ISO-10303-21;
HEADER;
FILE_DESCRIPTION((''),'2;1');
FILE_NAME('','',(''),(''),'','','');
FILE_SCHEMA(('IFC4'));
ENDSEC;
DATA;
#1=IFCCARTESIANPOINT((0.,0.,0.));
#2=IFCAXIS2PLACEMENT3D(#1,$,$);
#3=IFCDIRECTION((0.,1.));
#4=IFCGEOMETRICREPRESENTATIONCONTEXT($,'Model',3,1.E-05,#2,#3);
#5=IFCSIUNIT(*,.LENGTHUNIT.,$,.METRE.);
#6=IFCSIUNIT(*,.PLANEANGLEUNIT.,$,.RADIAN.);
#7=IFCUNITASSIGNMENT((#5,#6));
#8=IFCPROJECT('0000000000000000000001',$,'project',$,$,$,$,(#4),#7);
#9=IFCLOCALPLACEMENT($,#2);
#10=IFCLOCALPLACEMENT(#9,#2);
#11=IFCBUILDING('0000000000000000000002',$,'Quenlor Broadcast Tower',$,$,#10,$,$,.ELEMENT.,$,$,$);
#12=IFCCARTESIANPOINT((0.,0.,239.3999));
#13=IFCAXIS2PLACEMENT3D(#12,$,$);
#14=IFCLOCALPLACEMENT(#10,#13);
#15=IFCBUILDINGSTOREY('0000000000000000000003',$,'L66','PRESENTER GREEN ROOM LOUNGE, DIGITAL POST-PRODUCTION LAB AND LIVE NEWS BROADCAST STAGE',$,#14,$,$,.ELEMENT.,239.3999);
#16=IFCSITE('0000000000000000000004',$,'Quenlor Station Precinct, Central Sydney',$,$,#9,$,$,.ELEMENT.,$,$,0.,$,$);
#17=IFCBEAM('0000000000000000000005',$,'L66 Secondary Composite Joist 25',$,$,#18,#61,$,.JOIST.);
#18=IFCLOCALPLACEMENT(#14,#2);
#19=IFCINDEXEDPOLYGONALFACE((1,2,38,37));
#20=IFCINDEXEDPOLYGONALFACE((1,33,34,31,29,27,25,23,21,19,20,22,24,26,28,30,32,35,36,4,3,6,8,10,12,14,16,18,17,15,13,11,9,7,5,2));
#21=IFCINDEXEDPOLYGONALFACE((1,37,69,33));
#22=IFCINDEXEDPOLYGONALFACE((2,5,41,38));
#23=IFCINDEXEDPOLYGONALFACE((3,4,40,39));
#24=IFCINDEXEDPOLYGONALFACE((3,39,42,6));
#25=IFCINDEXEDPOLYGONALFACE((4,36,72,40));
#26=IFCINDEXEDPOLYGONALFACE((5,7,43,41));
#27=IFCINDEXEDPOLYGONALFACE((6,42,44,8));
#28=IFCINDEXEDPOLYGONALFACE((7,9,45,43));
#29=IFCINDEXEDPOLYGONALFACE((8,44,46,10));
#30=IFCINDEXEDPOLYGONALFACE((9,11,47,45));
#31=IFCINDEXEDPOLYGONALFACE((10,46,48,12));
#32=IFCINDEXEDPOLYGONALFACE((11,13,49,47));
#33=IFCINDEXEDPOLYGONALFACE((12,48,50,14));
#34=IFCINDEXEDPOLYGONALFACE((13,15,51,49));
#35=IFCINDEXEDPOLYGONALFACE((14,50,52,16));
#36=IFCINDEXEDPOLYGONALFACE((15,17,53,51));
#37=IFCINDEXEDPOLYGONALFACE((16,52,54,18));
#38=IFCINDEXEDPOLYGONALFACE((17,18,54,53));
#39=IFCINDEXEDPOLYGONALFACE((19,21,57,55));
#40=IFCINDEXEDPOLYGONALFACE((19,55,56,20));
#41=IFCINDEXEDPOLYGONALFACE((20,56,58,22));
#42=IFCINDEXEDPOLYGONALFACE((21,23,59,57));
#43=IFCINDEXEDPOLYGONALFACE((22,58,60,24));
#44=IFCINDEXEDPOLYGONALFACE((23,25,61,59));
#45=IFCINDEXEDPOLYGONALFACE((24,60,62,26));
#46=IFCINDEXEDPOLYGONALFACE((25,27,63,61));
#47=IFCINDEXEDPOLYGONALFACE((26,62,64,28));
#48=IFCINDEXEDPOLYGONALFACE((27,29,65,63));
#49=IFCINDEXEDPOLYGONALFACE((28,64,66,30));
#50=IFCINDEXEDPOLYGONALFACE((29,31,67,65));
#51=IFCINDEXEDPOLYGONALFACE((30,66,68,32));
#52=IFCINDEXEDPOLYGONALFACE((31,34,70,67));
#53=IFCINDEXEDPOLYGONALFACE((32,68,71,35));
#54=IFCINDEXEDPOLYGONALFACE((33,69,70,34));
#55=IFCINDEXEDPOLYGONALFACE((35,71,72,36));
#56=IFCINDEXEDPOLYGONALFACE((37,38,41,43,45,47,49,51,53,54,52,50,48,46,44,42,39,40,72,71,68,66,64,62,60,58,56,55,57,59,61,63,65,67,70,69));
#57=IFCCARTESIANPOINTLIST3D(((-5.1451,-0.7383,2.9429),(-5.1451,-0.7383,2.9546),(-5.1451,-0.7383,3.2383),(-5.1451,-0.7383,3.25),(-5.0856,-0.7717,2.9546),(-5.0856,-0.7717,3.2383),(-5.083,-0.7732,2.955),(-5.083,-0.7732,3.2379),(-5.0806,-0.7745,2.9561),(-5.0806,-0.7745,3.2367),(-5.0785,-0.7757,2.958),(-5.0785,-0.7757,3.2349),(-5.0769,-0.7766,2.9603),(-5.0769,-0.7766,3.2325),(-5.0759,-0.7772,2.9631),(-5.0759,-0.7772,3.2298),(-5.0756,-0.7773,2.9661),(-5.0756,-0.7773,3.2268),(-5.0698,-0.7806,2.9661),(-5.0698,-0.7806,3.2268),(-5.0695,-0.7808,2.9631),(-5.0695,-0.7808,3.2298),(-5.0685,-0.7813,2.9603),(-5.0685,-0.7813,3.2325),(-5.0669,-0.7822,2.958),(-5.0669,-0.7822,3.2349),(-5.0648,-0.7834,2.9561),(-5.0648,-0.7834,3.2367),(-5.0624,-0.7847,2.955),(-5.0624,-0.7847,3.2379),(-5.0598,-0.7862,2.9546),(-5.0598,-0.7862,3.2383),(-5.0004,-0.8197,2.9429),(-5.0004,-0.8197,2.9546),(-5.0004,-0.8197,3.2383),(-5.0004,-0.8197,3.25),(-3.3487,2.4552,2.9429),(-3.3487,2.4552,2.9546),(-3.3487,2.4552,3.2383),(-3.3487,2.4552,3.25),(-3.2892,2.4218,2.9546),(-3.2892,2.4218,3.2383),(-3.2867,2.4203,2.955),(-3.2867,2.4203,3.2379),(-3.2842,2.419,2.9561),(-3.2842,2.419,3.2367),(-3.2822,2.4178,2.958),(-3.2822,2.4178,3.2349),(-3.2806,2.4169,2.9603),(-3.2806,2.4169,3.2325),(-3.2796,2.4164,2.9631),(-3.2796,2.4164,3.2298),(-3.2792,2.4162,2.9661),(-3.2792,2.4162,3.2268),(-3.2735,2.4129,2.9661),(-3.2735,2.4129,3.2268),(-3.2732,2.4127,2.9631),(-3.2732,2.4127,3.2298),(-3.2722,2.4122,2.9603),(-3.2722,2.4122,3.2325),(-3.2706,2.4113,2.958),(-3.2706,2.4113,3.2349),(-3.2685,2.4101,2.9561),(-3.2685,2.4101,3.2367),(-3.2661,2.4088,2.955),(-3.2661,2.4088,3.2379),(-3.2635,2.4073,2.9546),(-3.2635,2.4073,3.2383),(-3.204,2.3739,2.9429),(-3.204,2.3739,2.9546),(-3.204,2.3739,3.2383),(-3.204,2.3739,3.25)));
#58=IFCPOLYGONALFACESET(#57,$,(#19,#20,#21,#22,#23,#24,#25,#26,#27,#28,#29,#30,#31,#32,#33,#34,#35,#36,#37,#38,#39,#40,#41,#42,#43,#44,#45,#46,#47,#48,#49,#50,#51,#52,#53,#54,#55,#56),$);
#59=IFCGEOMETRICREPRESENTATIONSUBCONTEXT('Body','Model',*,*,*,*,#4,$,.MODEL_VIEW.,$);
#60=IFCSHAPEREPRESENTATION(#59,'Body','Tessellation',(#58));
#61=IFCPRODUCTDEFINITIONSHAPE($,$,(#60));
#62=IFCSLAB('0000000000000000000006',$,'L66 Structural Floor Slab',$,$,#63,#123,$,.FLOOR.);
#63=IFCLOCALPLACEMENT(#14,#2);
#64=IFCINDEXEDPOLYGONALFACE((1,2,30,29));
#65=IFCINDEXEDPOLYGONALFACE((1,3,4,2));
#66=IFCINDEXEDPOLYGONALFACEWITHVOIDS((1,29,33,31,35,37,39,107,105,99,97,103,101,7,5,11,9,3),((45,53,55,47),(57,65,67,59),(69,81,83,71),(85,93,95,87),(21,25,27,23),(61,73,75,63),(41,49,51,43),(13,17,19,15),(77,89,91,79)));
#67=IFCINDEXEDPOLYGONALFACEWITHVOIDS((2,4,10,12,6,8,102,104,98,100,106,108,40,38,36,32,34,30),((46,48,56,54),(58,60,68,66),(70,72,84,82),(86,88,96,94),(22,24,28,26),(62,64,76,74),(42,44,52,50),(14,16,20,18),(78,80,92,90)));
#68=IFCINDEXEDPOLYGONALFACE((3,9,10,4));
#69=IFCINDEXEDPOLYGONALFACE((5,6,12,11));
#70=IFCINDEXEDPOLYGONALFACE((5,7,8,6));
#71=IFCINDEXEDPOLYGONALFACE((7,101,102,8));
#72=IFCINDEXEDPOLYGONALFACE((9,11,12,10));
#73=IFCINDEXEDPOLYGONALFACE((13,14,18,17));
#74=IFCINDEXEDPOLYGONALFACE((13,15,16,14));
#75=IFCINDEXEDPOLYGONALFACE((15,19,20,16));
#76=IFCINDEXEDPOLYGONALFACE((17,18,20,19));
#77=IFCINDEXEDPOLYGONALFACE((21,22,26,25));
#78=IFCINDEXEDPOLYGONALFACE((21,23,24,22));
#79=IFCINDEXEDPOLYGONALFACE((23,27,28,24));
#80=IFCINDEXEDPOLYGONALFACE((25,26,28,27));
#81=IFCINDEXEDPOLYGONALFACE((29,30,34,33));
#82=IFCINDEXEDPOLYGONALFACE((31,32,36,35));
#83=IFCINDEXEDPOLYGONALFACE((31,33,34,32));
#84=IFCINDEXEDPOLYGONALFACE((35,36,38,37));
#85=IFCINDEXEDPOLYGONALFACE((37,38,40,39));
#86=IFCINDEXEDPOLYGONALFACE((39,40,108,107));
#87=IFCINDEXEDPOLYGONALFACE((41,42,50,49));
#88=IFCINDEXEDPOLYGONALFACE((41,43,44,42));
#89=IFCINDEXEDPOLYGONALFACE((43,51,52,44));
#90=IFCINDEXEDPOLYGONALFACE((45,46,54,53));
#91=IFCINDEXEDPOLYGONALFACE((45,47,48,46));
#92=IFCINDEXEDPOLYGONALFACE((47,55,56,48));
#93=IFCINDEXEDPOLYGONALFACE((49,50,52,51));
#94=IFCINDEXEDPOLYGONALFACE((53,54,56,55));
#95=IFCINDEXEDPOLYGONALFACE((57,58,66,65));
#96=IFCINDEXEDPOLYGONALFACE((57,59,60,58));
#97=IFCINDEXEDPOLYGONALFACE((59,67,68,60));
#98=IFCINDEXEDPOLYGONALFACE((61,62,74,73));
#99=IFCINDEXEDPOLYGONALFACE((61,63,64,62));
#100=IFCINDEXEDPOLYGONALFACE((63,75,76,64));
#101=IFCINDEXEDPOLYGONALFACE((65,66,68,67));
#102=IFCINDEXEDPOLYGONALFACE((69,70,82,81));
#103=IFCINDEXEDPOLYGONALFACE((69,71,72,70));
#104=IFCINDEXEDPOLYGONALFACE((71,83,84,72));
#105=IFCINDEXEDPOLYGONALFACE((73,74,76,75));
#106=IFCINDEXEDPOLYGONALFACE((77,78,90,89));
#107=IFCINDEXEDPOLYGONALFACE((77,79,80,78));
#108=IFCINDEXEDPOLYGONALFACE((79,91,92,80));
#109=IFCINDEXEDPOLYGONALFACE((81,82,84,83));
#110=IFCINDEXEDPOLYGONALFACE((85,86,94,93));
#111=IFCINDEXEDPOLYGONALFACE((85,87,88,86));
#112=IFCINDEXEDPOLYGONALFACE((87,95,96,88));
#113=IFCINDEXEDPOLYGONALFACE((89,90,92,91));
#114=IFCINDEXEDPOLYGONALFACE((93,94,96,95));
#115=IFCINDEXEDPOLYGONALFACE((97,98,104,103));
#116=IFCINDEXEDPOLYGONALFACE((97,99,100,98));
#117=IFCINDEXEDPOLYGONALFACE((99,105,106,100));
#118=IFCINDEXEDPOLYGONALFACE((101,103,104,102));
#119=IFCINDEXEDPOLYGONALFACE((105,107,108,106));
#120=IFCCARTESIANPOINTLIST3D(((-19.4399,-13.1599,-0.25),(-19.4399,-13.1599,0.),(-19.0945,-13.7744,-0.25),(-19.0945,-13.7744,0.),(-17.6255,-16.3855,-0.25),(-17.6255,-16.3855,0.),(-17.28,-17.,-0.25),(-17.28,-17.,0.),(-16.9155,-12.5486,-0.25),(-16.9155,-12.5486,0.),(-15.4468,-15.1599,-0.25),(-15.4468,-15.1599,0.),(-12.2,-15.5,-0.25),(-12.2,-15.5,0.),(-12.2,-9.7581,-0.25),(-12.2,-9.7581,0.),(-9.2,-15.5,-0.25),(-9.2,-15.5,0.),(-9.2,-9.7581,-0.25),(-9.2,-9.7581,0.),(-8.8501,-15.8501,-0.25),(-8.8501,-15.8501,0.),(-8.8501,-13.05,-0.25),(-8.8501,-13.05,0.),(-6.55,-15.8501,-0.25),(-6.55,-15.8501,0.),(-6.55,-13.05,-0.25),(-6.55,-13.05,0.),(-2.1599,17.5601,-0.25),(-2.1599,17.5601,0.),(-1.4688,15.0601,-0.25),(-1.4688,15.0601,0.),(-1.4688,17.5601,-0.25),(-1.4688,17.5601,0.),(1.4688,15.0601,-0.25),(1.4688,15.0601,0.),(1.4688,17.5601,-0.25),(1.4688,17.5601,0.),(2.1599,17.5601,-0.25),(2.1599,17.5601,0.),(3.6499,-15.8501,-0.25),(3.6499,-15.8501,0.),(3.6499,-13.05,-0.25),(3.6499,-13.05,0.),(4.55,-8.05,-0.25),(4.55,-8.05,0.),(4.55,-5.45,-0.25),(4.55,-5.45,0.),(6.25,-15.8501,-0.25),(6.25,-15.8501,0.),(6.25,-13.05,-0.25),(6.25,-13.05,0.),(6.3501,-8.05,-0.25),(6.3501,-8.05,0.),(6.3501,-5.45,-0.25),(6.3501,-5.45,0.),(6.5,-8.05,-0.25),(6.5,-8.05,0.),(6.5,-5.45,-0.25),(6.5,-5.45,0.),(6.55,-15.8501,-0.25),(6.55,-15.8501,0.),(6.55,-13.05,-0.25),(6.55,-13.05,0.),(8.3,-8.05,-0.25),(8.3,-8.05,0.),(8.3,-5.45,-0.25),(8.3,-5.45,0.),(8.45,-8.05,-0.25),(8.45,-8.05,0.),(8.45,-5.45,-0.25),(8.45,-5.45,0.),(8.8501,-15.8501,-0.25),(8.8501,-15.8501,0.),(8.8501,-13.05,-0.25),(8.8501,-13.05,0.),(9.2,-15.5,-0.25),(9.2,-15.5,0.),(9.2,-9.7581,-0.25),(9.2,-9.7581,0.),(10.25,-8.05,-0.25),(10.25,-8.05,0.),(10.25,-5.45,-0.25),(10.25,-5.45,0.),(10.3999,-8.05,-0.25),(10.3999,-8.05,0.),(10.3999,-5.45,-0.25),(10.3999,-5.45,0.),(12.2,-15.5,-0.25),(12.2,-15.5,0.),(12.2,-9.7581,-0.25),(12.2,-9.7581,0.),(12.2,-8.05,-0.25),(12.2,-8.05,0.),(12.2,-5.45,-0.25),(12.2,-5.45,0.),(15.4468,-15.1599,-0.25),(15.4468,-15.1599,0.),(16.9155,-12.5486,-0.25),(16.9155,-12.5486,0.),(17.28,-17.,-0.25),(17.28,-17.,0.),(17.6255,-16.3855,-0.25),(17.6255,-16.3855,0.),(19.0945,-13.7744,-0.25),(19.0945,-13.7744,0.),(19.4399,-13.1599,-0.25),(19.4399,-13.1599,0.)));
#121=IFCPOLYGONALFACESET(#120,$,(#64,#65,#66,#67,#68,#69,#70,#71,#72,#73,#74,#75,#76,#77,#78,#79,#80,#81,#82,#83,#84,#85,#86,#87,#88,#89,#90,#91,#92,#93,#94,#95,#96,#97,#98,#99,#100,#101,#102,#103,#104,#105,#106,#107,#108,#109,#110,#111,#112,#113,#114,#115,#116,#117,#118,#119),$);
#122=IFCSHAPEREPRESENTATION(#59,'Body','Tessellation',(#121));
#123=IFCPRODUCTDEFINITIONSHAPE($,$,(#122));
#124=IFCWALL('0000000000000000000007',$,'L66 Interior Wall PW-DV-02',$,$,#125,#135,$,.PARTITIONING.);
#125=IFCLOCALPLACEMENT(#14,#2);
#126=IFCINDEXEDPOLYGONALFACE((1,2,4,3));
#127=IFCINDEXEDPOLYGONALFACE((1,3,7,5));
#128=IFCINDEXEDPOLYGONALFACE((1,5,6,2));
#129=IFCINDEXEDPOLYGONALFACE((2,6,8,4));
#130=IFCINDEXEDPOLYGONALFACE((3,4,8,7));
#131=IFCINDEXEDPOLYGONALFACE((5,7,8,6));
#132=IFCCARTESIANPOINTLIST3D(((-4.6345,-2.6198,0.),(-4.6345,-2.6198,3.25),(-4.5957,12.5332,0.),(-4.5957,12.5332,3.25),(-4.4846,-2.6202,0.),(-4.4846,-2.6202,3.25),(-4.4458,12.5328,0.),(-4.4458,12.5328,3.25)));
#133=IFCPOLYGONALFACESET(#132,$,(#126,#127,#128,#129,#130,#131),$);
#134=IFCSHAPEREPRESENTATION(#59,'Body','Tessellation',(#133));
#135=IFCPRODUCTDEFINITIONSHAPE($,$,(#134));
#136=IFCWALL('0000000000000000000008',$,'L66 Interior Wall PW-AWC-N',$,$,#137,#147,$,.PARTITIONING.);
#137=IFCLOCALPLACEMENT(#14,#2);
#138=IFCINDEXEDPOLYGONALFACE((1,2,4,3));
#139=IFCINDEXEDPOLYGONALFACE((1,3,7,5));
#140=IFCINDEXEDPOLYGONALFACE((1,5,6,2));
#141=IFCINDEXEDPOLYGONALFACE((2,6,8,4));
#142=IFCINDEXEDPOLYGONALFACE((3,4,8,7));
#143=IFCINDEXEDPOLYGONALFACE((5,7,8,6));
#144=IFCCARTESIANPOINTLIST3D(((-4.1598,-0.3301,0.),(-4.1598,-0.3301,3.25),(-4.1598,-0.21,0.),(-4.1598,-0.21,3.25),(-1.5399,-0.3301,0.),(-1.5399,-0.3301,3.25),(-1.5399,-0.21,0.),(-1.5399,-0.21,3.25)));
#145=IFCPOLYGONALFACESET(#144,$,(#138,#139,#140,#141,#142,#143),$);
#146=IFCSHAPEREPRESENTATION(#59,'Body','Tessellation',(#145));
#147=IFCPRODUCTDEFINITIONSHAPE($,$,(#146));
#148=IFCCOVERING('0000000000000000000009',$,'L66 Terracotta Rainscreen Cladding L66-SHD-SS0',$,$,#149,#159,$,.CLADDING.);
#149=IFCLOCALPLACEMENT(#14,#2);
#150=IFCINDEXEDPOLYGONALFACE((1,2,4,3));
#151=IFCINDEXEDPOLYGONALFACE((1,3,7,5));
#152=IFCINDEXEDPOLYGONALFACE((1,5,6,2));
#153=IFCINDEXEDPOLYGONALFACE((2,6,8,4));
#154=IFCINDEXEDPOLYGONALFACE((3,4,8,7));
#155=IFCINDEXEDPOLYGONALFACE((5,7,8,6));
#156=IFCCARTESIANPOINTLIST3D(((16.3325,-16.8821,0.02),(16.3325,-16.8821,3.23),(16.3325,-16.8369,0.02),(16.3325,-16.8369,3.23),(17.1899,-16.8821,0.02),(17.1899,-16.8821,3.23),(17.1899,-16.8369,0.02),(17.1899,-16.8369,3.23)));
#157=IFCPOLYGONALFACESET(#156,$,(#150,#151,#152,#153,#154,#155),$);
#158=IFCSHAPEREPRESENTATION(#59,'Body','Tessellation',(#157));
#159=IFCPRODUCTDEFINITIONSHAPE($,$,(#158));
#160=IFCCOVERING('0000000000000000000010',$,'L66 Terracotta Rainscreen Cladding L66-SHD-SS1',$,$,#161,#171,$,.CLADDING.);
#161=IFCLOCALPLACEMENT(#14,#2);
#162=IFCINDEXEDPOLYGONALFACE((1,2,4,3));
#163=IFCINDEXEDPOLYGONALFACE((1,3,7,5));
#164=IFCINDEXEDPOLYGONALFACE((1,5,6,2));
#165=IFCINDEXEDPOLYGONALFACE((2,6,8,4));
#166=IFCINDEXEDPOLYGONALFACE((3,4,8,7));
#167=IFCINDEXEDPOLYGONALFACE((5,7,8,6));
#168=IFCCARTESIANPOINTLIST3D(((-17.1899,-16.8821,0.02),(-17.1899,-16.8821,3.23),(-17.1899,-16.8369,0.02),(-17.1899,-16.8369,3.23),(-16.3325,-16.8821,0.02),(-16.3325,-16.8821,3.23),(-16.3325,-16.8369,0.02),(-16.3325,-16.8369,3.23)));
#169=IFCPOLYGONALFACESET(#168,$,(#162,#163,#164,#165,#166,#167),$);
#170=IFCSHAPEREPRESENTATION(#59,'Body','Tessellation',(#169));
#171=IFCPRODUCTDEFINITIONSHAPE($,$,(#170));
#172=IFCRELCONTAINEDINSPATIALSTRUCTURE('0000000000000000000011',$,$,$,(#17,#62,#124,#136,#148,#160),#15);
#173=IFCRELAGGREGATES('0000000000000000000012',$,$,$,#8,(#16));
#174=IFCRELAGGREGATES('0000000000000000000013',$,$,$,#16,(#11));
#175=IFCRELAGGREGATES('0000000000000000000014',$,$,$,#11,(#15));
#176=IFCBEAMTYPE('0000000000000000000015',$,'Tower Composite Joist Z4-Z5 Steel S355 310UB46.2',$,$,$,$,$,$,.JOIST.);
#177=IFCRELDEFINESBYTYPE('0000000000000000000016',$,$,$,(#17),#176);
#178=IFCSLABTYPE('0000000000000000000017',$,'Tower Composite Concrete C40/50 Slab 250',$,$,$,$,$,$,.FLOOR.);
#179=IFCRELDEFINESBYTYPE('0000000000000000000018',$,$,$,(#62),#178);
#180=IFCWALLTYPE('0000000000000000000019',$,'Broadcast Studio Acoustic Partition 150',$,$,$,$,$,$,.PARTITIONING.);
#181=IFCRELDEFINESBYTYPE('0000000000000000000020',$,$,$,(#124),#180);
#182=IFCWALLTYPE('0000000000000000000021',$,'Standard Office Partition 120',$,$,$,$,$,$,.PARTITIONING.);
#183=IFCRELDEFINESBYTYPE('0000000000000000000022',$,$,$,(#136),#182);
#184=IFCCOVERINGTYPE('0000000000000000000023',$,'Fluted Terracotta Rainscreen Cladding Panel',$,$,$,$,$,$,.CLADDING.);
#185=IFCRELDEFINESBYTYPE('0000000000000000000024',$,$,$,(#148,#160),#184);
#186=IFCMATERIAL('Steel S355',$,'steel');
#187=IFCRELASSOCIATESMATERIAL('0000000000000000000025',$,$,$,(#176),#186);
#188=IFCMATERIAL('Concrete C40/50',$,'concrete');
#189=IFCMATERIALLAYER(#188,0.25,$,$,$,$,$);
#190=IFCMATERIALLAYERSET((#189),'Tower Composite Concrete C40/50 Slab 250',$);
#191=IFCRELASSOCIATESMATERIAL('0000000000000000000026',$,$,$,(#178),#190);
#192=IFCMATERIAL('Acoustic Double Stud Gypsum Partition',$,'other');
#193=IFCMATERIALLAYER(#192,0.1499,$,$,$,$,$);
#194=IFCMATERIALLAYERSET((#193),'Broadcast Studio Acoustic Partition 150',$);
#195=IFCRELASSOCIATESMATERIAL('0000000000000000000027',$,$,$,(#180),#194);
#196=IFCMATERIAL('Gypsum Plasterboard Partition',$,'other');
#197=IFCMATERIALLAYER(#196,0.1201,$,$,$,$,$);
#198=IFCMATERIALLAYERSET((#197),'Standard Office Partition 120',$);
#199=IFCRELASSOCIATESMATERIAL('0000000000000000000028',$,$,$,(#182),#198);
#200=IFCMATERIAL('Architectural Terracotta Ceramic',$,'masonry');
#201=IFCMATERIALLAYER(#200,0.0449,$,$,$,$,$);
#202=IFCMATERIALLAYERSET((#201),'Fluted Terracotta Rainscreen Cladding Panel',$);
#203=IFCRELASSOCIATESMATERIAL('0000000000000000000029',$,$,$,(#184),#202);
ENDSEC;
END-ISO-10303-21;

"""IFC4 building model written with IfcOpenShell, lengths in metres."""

from ifc_helpers import new_model, si_unit, direction, frame, frame_2d, origin, origin_2d, place, context, subcontext, project, spatial, polyline, rectangle, i_section, outline, extrude, material, layer, layer_set, material_profile, profile_set, type_object, element, save


model = new_model("IFC4")

# Units and contexts
model_context = context("Model", 3, precision=1e-05, world=origin(), true_north=direction((0.0, 1.0)))
body_context = subcontext(model_context, "Body", "Model", "MODEL_VIEW")
ifc_project = project(units=[si_unit("LENGTHUNIT", "METRE"), si_unit("PLANEANGLEUNIT", "RADIAN")], contexts=[model_context])

# Site, building, storey
site_placement = place(None, origin())
site = spatial("IfcSite", under=ifc_project, at=site_placement, Name="Quenlor Station Precinct, Central Sydney", CompositionType="ELEMENT", RefElevation=0.0)
building_placement = place(site_placement, origin())
building = spatial("IfcBuilding", under=site, at=building_placement, Name="Quenlor Broadcast Tower", CompositionType="ELEMENT")
storey_placement = place(building_placement, frame((0.0, 0.0, 239.3999)))
storey = spatial("IfcBuildingStorey", under=building, at=storey_placement, Name="L66", Description="PRESENTER GREEN ROOM LOUNGE, DIGITAL POST-PRODUCTION LAB AND LIVE NEWS BROADCAST STAGE", CompositionType="ELEMENT", Elevation=239.3999)

# Beam
ifc_material_1 = material(Name="Steel S355", Category="steel")
ifc_material_profile = material_profile(ifc_material_1, i_section(OverallWidth=0.166, OverallDepth=0.3071, WebThickness=0.0066, FlangeThickness=0.0117, FilletRadius=0.0115, at=origin_2d()))
ifc_profile_set = profile_set([ifc_material_profile], Name="Steel S355 310UB46.2")
beam_type = type_object("IfcBeamType", Name="Tower Composite Joist Z4-Z5 Steel S355 310UB46.2", PredefinedType="JOIST", material=ifc_profile_set)
beam_placement = place(storey_placement, frame((-3.2764, 2.4146, 3.0964), z_axis=(-0.490258, -0.871577, 0.0), x_axis=(0.871577, -0.490258, 0.0)))
element("IfcBeam", 1, at=beam_placement, inside=storey, type_object=beam_type, Name="L66 Secondary Composite Joist 25", PredefinedType="JOIST", context=body_context, shape_type="SweptSolid", body=[
    extrude(i_section(OverallWidth=0.166, OverallDepth=0.3071, WebThickness=0.0066, FlangeThickness=0.0117, FilletRadius=0.0115, at=origin_2d()), origin(), (0.0, 0.0, 1.0), 3.6641),
])

# Slab
ifc_material_2 = material(Name="Concrete C40/50", Category="concrete")
ifc_layer_1 = layer(ifc_material_2, 0.25)
ifc_layer_set_1 = layer_set([ifc_layer_1], Name="Tower Composite Concrete C40/50 Slab 250")
slab_type = type_object("IfcSlabType", Name="Tower Composite Concrete C40/50 Slab 250", PredefinedType="FLOOR", material=ifc_layer_set_1)
slab_placement = place(storey_placement, frame((0.0, 0.0, -0.25)))
element("IfcSlab", 2, at=slab_placement, inside=storey, type_object=slab_type, Name="L66 Structural Floor Slab", PredefinedType="FLOOR", context=body_context, shape_type="SweptSolid", body=[
    extrude(outline(polyline([(17.28, -17.0), (17.6255, -16.3855), (15.4468, -15.1599), (16.9155, -12.5486), (19.0945, -13.7744), (19.4399, -13.1599), (2.1599, 17.5601), (1.4688, 17.5601), (1.4688, 15.0601), (-1.4688, 15.0601), (-1.4688, 17.5601), (-2.1599, 17.5601), (-19.4399, -13.1599), (-19.0945, -13.7744), (-16.9155, -12.5486), (-15.4468, -15.1599), (-17.6255, -16.3855), (-17.28, -17.0), (17.28, -17.0)]), holes=[polyline([(-12.2, -9.7581), (-12.2, -15.5), (-9.2, -15.5), (-9.2, -9.7581), (-12.2, -9.7581)]), polyline([(9.2, -9.7581), (9.2, -15.5), (12.2, -15.5), (12.2, -9.7581), (9.2, -9.7581)]), polyline([(4.55, -8.05), (6.3501, -8.05), (6.3501, -5.45), (4.55, -5.45), (4.55, -8.05)]), polyline([(6.5, -8.05), (8.3, -8.05), (8.3, -5.45), (6.5, -5.45), (6.5, -8.05)]), polyline([(8.45, -8.05), (10.25, -8.05), (10.25, -5.45), (8.45, -5.45), (8.45, -8.05)]), polyline([(10.3999, -8.05), (12.2, -8.05), (12.2, -5.45), (10.3999, -5.45), (10.3999, -8.05)]), polyline([(-8.8501, -15.8501), (-6.55, -15.8501), (-6.55, -13.05), (-8.8501, -13.05), (-8.8501, -15.8501)]), polyline([(6.55, -15.8501), (8.8501, -15.8501), (8.8501, -13.05), (6.55, -13.05), (6.55, -15.8501)]), polyline([(3.6499, -15.8501), (6.25, -15.8501), (6.25, -13.05), (3.6499, -13.05), (3.6499, -15.8501)])]), origin(), (0.0, 0.0, 1.0), 0.25),
])

# Walls
ifc_material_3 = material(Name="Acoustic Double Stud Gypsum Partition", Category="other")
ifc_layer_2 = layer(ifc_material_3, 0.1499)
ifc_layer_set_2 = layer_set([ifc_layer_2], Name="Broadcast Studio Acoustic Partition 150")
wall_type_1 = type_object("IfcWallType", Name="Broadcast Studio Acoustic Partition 150", PredefinedType="PARTITIONING", material=ifc_layer_set_2)
wall_1_placement = place(storey_placement, frame((-4.5596, -2.6201, 0.0), z_axis=(0.0, 0.0, 1.0), x_axis=(0.002562, 0.999997, 0.0)))
element("IfcWall", 3, at=wall_1_placement, inside=storey, type_object=wall_type_1, Name="L66 Interior Wall PW-DV-02", PredefinedType="PARTITIONING", context=body_context, shape_type="SweptSolid", body=[
    extrude(rectangle(XDim=15.1531, YDim=0.1499, at=frame_2d((7.5767, 0.0))), origin(), (0.0, 0.0, 1.0), 3.25),
])
ifc_material_4 = material(Name="Gypsum Plasterboard Partition", Category="other")
ifc_layer_3 = layer(ifc_material_4, 0.1201)
ifc_layer_set_3 = layer_set([ifc_layer_3], Name="Standard Office Partition 120")
wall_type_2 = type_object("IfcWallType", Name="Standard Office Partition 120", PredefinedType="PARTITIONING", material=ifc_layer_set_3)
wall_2_placement = place(storey_placement, frame((-4.1599, -0.27, 0.0), z_axis=(0.0, 0.0, 1.0), x_axis=(1.0, 0.0, 0.0)))
element("IfcWall", 4, at=wall_2_placement, inside=storey, type_object=wall_type_2, Name="L66 Interior Wall PW-AWC-N", PredefinedType="PARTITIONING", context=body_context, shape_type="SweptSolid", body=[
    extrude(rectangle(XDim=2.6199, YDim=0.1201, at=frame_2d((1.3101, 0.0))), origin(), (0.0, 0.0, 1.0), 3.25),
])

# Coverings
ifc_material_5 = material(Name="Architectural Terracotta Ceramic", Category="masonry")
ifc_layer_4 = layer(ifc_material_5, 0.0449)
ifc_layer_set_4 = layer_set([ifc_layer_4], Name="Fluted Terracotta Rainscreen Cladding Panel")
covering_type = type_object("IfcCoveringType", Name="Fluted Terracotta Rainscreen Cladding Panel", PredefinedType="CLADDING", material=ifc_layer_set_4)
covering_1_placement = place(storey_placement, frame((0.0, 0.0, 0.02)))
element("IfcCovering", 5, at=covering_1_placement, inside=storey, type_object=covering_type, Name="L66 Terracotta Rainscreen Cladding L66-SHD-SS0", PredefinedType="CLADDING", context=body_context, shape_type="SweptSolid", body=[
    extrude(outline(polyline([(17.1899, -16.8369), (16.3325, -16.8369), (16.3325, -16.8821), (17.1899, -16.8821), (17.1899, -16.8369)])), origin(), (0.0, 0.0, 1.0), 3.21),
])
covering_2_placement = place(storey_placement, frame((0.0, 0.0, 0.02)))
element("IfcCovering", 6, at=covering_2_placement, inside=storey, type_object=covering_type, Name="L66 Terracotta Rainscreen Cladding L66-SHD-SS1", PredefinedType="CLADDING", context=body_context, shape_type="SweptSolid", body=[
    extrude(outline(polyline([(-16.3325, -16.8369), (-17.1899, -16.8369), (-17.1899, -16.8821), (-16.3325, -16.8821), (-16.3325, -16.8369)])), origin(), (0.0, 0.0, 1.0), 3.21),
])

save(model, "model.ifc")
